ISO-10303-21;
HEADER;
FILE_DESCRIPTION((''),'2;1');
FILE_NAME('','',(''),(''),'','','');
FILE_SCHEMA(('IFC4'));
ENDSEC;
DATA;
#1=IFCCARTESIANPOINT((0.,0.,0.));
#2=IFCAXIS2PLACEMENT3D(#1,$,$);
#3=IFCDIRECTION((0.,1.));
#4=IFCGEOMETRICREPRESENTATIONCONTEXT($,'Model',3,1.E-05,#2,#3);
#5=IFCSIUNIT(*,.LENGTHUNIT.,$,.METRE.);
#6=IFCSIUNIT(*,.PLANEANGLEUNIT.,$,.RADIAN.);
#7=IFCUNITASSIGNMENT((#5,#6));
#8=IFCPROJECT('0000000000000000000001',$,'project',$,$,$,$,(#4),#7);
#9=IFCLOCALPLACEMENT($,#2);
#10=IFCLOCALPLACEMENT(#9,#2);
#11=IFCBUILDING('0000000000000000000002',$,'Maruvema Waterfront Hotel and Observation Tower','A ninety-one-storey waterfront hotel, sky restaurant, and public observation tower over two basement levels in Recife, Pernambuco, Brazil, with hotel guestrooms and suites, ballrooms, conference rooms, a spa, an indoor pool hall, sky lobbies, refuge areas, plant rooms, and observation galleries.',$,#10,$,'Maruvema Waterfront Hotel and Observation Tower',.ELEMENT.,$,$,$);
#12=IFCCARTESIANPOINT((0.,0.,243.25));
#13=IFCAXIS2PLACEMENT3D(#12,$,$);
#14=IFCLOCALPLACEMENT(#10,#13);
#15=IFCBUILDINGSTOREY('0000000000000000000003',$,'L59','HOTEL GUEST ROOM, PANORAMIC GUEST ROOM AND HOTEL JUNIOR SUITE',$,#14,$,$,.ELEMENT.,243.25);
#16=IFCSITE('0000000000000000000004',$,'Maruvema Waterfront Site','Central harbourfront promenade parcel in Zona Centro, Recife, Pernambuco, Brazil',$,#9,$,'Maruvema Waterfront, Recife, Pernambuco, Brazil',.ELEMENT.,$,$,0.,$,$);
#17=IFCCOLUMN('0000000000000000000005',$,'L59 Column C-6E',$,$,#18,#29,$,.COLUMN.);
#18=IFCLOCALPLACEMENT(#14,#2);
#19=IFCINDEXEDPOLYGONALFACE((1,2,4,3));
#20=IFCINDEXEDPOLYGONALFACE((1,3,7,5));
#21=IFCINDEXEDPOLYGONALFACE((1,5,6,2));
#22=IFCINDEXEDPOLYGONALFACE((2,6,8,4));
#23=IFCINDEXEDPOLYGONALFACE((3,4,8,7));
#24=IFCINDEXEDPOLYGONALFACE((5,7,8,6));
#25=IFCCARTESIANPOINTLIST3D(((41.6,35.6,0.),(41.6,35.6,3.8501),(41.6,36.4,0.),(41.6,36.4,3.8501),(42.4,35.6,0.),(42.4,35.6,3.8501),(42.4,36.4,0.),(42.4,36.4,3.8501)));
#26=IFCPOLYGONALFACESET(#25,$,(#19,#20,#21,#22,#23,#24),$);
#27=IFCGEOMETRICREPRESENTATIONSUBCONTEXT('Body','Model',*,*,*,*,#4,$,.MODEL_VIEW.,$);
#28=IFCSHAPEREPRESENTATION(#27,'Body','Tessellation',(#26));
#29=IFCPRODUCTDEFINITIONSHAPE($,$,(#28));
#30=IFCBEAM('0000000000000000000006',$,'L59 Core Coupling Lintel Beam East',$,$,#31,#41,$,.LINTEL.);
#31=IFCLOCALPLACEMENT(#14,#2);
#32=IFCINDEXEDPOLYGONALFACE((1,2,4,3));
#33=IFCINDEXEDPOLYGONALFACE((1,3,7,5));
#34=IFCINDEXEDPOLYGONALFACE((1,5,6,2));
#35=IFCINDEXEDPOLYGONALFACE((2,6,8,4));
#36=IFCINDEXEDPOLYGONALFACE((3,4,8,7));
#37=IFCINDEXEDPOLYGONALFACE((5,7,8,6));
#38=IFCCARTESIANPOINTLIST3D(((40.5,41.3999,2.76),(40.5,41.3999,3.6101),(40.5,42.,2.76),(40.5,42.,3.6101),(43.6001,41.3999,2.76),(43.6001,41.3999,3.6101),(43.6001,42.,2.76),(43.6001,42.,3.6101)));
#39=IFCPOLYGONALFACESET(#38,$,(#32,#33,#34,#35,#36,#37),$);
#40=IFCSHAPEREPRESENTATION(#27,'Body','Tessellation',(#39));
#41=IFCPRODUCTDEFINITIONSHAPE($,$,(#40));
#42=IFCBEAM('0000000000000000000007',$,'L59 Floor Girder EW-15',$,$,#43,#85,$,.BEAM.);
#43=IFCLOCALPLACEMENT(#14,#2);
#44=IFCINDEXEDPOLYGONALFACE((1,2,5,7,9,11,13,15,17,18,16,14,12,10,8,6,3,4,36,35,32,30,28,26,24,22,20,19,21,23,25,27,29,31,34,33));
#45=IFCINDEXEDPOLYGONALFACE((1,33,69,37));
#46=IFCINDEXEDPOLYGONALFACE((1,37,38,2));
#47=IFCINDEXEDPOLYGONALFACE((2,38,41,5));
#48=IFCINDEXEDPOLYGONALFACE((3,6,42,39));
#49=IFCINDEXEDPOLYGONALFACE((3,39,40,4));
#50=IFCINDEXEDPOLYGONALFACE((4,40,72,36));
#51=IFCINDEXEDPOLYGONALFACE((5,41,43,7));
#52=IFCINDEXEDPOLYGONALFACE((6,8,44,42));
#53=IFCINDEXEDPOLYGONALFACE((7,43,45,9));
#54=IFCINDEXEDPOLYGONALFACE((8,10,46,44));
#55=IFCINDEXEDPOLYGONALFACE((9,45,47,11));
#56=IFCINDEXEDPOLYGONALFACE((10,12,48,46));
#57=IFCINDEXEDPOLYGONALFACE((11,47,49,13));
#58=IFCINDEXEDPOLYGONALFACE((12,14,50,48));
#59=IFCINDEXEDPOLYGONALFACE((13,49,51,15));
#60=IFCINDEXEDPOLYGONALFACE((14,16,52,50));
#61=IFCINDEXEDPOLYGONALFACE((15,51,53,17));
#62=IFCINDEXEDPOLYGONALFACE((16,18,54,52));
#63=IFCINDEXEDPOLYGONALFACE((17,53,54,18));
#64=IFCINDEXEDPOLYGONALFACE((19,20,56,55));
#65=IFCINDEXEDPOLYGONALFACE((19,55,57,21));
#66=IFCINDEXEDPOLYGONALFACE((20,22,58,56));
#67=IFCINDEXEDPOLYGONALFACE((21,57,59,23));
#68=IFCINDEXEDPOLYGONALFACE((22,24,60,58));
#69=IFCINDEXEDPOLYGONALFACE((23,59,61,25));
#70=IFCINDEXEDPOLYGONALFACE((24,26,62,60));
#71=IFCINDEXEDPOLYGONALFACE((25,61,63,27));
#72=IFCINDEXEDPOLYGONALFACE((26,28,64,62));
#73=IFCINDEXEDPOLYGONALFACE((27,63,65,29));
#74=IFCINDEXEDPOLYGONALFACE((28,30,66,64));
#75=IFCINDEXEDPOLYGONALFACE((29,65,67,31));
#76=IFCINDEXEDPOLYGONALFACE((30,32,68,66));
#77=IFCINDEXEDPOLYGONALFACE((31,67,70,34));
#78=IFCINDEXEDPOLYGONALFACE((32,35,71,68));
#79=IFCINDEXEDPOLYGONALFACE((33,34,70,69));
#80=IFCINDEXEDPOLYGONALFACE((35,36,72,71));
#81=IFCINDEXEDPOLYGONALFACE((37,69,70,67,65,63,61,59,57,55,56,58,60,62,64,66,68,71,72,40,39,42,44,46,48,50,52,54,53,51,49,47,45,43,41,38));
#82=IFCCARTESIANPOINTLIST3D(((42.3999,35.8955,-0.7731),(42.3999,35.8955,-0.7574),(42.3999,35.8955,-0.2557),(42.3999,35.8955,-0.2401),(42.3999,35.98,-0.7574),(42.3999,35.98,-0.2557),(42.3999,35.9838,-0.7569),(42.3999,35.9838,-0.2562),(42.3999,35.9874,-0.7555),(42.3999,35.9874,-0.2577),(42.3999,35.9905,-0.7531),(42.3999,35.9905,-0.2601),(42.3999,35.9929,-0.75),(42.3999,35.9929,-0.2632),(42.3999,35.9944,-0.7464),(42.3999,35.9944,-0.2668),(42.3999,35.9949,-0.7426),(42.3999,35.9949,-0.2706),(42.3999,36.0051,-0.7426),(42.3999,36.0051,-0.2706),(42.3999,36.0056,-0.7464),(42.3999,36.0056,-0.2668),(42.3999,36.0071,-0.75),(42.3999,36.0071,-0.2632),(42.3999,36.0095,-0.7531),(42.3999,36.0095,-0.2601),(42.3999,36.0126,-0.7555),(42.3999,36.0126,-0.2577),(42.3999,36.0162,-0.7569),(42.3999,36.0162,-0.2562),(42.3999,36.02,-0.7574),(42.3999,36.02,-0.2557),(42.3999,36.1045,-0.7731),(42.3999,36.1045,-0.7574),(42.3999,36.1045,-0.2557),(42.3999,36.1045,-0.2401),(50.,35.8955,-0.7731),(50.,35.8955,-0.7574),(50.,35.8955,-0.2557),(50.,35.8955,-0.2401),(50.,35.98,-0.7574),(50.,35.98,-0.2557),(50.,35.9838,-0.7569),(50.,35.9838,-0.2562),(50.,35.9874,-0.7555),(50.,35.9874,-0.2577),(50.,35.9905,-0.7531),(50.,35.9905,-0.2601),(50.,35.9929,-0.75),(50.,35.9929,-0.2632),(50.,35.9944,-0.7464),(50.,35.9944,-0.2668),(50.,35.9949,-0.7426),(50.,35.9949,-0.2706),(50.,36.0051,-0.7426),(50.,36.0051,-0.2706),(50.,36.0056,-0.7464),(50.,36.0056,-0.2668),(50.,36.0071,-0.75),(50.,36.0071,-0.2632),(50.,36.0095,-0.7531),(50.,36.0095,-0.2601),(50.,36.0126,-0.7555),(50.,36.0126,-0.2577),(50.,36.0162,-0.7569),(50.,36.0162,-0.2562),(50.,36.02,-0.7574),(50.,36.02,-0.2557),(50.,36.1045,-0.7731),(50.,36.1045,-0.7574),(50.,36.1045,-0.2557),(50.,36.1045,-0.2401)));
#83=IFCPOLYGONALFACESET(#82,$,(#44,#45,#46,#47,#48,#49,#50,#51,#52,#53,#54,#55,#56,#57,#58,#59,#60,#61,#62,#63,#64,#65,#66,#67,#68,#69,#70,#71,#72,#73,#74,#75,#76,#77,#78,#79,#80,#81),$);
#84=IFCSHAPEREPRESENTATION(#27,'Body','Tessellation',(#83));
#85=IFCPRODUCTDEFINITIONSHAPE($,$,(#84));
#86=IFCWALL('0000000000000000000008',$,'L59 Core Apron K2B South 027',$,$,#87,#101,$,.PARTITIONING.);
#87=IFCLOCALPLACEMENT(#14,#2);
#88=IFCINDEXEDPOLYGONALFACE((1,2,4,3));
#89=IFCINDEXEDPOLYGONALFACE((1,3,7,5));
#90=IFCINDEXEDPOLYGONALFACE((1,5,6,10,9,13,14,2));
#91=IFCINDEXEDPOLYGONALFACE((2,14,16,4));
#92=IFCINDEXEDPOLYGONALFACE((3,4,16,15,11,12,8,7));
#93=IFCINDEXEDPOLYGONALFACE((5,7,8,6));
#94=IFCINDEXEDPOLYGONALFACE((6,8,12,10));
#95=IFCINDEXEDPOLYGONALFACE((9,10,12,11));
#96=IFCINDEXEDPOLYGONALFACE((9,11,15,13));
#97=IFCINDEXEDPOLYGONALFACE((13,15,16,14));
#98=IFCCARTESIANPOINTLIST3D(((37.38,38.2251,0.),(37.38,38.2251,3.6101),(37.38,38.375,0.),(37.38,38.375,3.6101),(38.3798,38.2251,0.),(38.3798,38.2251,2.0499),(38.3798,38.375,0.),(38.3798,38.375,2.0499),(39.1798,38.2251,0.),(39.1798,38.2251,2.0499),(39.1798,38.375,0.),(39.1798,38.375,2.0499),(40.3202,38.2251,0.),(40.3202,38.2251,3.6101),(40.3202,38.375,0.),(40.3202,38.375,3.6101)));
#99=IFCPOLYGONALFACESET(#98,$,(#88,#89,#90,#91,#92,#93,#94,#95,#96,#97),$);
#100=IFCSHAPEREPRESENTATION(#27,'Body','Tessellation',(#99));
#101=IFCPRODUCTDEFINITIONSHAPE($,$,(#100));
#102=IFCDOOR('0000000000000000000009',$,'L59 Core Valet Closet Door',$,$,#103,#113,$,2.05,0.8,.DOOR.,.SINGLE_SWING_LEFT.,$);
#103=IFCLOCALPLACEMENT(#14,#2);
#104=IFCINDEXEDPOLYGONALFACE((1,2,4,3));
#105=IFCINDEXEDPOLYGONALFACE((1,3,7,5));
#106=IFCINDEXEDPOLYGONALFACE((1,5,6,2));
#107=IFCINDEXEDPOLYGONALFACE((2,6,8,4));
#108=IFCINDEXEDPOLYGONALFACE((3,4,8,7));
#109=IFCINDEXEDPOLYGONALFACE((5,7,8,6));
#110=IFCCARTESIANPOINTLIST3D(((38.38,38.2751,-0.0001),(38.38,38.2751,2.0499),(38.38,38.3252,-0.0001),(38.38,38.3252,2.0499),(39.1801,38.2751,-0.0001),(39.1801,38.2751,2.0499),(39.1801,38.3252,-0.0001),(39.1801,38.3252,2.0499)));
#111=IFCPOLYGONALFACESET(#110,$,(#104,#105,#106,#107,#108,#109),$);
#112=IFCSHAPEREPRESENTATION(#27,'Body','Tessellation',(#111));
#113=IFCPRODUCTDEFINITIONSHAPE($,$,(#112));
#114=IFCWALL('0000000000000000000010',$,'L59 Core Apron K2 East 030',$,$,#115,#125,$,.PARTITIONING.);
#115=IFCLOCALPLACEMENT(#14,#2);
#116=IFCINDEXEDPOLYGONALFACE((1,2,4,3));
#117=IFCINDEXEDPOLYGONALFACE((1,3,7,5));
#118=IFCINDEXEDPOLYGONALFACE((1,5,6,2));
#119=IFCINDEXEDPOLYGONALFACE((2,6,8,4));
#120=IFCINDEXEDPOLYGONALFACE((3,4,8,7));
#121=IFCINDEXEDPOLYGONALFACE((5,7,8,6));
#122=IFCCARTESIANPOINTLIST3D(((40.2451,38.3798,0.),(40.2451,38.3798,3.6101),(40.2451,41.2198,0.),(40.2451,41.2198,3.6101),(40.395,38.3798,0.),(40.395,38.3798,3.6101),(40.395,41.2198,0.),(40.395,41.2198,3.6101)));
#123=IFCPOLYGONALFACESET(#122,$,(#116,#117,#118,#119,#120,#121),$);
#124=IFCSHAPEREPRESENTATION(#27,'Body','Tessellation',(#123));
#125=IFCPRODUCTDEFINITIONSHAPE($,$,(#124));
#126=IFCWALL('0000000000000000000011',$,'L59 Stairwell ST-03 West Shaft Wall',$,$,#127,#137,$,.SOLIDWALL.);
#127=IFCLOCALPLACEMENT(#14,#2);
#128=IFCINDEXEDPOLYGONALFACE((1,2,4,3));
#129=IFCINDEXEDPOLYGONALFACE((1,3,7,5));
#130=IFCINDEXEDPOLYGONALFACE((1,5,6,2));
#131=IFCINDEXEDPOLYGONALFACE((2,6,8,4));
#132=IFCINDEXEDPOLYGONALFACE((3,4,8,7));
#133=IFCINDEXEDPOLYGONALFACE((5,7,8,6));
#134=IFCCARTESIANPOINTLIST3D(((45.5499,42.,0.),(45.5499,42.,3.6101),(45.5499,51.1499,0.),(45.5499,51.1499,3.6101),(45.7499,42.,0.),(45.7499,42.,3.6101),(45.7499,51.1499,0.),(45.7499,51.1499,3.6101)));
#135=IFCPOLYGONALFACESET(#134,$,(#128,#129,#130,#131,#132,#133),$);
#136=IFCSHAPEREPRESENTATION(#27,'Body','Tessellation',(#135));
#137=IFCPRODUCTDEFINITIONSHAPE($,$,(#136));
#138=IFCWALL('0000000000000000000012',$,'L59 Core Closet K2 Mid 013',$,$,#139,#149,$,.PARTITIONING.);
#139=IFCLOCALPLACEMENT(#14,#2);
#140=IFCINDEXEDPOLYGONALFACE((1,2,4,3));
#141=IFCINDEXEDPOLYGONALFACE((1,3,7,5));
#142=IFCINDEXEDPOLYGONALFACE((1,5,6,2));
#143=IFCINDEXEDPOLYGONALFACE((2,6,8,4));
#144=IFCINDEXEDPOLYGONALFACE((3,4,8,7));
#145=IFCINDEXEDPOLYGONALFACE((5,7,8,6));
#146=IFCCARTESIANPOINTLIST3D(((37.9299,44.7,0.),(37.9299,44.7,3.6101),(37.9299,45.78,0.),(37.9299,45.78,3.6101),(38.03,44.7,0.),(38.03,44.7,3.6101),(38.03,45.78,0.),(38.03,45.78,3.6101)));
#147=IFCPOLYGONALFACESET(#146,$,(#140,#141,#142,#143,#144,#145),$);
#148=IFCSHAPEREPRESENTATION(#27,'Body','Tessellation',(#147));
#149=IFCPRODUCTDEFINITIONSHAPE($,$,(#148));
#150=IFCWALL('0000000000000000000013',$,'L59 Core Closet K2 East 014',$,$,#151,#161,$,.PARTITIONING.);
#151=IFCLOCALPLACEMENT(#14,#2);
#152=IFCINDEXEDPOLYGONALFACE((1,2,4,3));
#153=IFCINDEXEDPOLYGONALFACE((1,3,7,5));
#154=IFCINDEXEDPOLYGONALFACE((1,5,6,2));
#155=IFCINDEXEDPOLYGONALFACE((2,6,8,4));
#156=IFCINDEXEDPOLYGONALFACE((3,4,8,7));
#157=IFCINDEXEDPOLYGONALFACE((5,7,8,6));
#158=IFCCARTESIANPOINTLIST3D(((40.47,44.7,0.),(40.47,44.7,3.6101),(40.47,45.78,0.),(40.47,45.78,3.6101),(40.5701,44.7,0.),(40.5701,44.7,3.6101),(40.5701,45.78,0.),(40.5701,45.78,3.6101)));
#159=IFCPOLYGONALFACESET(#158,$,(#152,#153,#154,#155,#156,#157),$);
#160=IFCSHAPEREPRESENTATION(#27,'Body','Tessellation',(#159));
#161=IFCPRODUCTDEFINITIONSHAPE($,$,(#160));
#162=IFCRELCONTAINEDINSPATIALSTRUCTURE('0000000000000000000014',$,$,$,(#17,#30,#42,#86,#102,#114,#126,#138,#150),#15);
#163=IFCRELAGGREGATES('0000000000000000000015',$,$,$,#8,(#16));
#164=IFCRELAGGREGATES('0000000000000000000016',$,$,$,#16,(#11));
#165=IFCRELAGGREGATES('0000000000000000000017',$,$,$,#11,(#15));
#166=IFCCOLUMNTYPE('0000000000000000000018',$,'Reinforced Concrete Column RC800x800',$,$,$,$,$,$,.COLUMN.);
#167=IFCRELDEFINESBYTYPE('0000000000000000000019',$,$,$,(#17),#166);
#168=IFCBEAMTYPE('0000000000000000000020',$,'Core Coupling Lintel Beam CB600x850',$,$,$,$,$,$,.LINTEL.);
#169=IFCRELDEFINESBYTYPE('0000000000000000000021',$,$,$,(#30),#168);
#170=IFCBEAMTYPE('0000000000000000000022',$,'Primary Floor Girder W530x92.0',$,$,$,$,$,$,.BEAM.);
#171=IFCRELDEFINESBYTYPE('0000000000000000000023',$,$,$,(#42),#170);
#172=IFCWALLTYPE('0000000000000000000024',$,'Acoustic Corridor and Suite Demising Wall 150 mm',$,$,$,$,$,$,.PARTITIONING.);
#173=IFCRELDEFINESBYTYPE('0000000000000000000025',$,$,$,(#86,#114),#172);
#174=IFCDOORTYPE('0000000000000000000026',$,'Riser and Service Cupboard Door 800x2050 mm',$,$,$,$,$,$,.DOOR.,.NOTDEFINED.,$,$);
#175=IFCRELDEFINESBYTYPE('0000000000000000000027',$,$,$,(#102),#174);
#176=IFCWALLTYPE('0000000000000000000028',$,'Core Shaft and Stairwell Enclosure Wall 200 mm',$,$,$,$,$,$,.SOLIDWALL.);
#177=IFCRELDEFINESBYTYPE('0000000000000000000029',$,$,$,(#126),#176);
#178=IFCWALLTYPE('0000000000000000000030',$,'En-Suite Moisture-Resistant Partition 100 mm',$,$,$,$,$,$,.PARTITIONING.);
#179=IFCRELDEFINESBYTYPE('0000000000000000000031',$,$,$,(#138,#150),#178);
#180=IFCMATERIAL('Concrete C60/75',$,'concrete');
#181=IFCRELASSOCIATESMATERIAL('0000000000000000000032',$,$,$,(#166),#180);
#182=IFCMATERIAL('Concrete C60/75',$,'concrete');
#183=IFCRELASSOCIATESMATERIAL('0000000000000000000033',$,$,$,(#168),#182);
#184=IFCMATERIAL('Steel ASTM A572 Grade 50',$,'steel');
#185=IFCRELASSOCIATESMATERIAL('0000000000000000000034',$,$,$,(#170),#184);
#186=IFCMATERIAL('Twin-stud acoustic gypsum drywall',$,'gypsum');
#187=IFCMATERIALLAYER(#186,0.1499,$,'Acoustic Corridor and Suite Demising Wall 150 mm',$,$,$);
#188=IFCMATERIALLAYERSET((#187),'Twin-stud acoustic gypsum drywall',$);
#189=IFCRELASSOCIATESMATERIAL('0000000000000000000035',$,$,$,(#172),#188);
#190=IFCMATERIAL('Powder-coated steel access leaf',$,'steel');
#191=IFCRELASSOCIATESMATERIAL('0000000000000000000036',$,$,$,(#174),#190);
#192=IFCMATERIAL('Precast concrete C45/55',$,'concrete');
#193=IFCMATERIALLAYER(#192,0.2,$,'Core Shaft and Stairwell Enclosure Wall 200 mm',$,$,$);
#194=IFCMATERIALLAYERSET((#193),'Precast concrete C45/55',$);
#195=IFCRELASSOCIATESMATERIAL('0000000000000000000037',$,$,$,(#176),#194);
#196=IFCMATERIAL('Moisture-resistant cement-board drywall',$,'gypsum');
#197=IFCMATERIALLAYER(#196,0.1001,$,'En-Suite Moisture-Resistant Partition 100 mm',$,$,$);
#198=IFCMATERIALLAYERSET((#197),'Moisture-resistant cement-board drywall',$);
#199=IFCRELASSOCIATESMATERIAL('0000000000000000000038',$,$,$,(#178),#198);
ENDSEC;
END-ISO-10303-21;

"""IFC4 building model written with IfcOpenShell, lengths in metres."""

from ifc_helpers import new_model, si_unit, direction, frame, frame_2d, origin, origin_2d, place, context, subcontext, project, spatial, rectangle, i_section, extrude, material, layer, layer_set, material_profile, profile_set, type_object, element, fill, save


model = new_model("IFC4")

# Units and contexts
model_context = context("Model", 3, precision=1e-05, world=origin(), true_north=direction((0.0, 1.0)))
body_context = subcontext(model_context, "Body", "Model", "MODEL_VIEW")
ifc_project = project(units=[si_unit("LENGTHUNIT", "METRE"), si_unit("PLANEANGLEUNIT", "RADIAN")], contexts=[model_context])

# Site, building, storey
site_placement = place(None, origin())
site = spatial("IfcSite", under=ifc_project, at=site_placement, Name="Maruvema Waterfront Site", Description="Central harbourfront promenade parcel in Zona Centro, Recife, Pernambuco, Brazil", LongName="Maruvema Waterfront, Recife, Pernambuco, Brazil", CompositionType="ELEMENT", RefElevation=0.0)
building_placement = place(site_placement, origin())
building = spatial("IfcBuilding", under=site, at=building_placement, Name="Maruvema Waterfront Hotel and Observation Tower", Description="A ninety-one-storey waterfront hotel, sky restaurant, and public observation tower over two basement levels in Recife, Pernambuco, Brazil, with hotel guestrooms and suites, ballrooms, conference rooms, a spa, an indoor pool hall, sky lobbies, refuge areas, plant rooms, and observation galleries.", LongName="Maruvema Waterfront Hotel and Observation Tower", CompositionType="ELEMENT")
storey_placement = place(building_placement, frame((0.0, 0.0, 243.25)))
storey = spatial("IfcBuildingStorey", under=building, at=storey_placement, Name="L59", Description="HOTEL GUEST ROOM, PANORAMIC GUEST ROOM AND HOTEL JUNIOR SUITE", CompositionType="ELEMENT", Elevation=243.25)

# Column
ifc_material_1 = material(Name="Concrete C60/75", Category="concrete")
ifc_material_profile_1 = material_profile(ifc_material_1, rectangle(XDim=0.8, YDim=0.8, at=origin_2d()), Name="RC800x800")
ifc_profile_set_1 = profile_set([ifc_material_profile_1], Name="Concrete C60/75")
column_type = type_object("IfcColumnType", Name="Reinforced Concrete Column RC800x800", PredefinedType="COLUMN", material=ifc_profile_set_1)
column_placement = place(storey_placement, frame((42.0, 36.0, 0.0), z_axis=(0.0, 0.0, 1.0), x_axis=(1.0, 0.0, 0.0)))
element("IfcColumn", 1, at=column_placement, inside=storey, type_object=column_type, Name="L59 Column C-6E", PredefinedType="COLUMN", context=body_context, shape_type="SweptSolid", body=[
    extrude(rectangle(XDim=0.8, YDim=0.8, at=origin_2d()), origin(), (0.0, 0.0, 1.0), 3.8501),
])

# Beams
ifc_material_2 = material(Name="Concrete C60/75", Category="concrete")
ifc_material_profile_2 = material_profile(ifc_material_2, rectangle(XDim=0.6001, YDim=0.8501, at=origin_2d()), Name="CB600x850")
ifc_profile_set_2 = profile_set([ifc_material_profile_2], Name="Concrete C60/75")
beam_type_1 = type_object("IfcBeamType", Name="Core Coupling Lintel Beam CB600x850", PredefinedType="LINTEL", material=ifc_profile_set_2)
beam_1_placement = place(storey_placement, frame((40.5, 41.7, 3.1851), z_axis=(1.0, 0.0, 0.0), x_axis=(0.0, 1.0, 0.0)))
element("IfcBeam", 2, at=beam_1_placement, inside=storey, type_object=beam_type_1, Name="L59 Core Coupling Lintel Beam East", PredefinedType="LINTEL", context=body_context, shape_type="SweptSolid", body=[
    extrude(rectangle(XDim=0.6001, YDim=0.8501, at=origin_2d()), origin(), (0.0, 0.0, 1.0), 3.1001),
])
ifc_material_3 = material(Name="Steel ASTM A572 Grade 50", Category="steel")
ifc_material_profile_3 = material_profile(ifc_material_3, i_section(OverallWidth=0.209, OverallDepth=0.533, WebThickness=0.0103, FlangeThickness=0.0156, FilletRadius=0.0149, at=origin_2d()), Name="W530x92.0")
ifc_profile_set_3 = profile_set([ifc_material_profile_3], Name="Steel ASTM A572 Grade 50")
beam_type_2 = type_object("IfcBeamType", Name="Primary Floor Girder W530x92.0", PredefinedType="BEAM", material=ifc_profile_set_3)
beam_2_placement = place(storey_placement, frame((42.3999, 36.0, -0.5066), z_axis=(1.0, 0.0, 0.0), x_axis=(0.0, 1.0, 0.0)))
element("IfcBeam", 3, at=beam_2_placement, inside=storey, type_object=beam_type_2, Name="L59 Floor Girder EW-15", PredefinedType="BEAM", context=body_context, shape_type="SweptSolid", body=[
    extrude(i_section(OverallWidth=0.209, OverallDepth=0.533, WebThickness=0.0103, FlangeThickness=0.0156, FilletRadius=0.0149, at=origin_2d()), origin(), (0.0, 0.0, 1.0), 7.6001),
])

# Wall, opening, door
ifc_material_4 = material(Name="Twin-stud acoustic gypsum drywall", Category="gypsum")
ifc_layer_1 = layer(ifc_material_4, 0.1499, Name="Acoustic Corridor and Suite Demising Wall 150 mm")
ifc_layer_set_1 = layer_set([ifc_layer_1], Name="Twin-stud acoustic gypsum drywall")
wall_type_1 = type_object("IfcWallType", Name="Acoustic Corridor and Suite Demising Wall 150 mm", PredefinedType="PARTITIONING", material=ifc_layer_set_1)
wall_1_placement = place(storey_placement, frame((37.3799, 38.3, 0.0), z_axis=(0.0, 0.0, 1.0), x_axis=(1.0, 0.0, 0.0)))
wall_1 = element("IfcWall", 4, at=wall_1_placement, inside=storey, type_object=wall_type_1, Name="L59 Core Apron K2B South 027", PredefinedType="PARTITIONING", context=body_context, shape_type="SweptSolid", body=[
    extrude(rectangle(XDim=2.9402, YDim=0.1499, at=frame_2d((1.4702, 0.0))), origin(), (0.0, 0.0, 1.0), 3.6101),
])
opening_1_placement = place(wall_1_placement, frame((1.0, 0.0, 0.0)))
opening_1 = element("IfcOpeningElement", 5, at=opening_1_placement, cuts=wall_1, PredefinedType="OPENING", context=body_context, shape_type="SweptSolid", body=[
    extrude(rectangle(XDim=0.8, YDim=2.05, at=frame_2d((0.3999, 1.0249))), frame((0.0, 0.085, 0.0), z_axis=(0.0, -1.0, 0.0), x_axis=(1.0, 0.0, 0.0)), (0.0, 0.0, 1.0), 0.1699),
])
ifc_material_5 = material(Name="Powder-coated steel access leaf", Category="steel")
door_type_1 = type_object("IfcDoorType", Name="Riser and Service Cupboard Door 800x2050 mm", OperationType="NOTDEFINED", PredefinedType="DOOR", material=ifc_material_5)
door_1_placement = place(opening_1_placement, frame((0.8, 0.0, 0.0), z_axis=(0.0, 0.0, 1.0), x_axis=(-1.0, 0.0, 0.0)))
door_1 = element("IfcDoor", 6, at=door_1_placement, inside=storey, type_object=door_type_1, Name="L59 Core Valet Closet Door", OperationType="SINGLE_SWING_LEFT", OverallHeight=2.05, OverallWidth=0.8, PredefinedType="DOOR", context=body_context, shape_type="SweptSolid", body=[
    extrude(rectangle(XDim=0.8, YDim=2.05, at=frame_2d((0.3999, 1.0249))), frame((0.0, 0.0249, 0.0), z_axis=(0.0, -1.0, 0.0), x_axis=(1.0, 0.0, 0.0)), (0.0, 0.0, 1.0), 0.05),
])
fill(opening_1, door_1)

# Walls
wall_2_placement = place(storey_placement, frame((40.3201, 38.3799, 0.0), z_axis=(0.0, 0.0, 1.0), x_axis=(0.0, 1.0, 0.0)))
element("IfcWall", 7, at=wall_2_placement, inside=storey, type_object=wall_type_1, Name="L59 Core Apron K2 East 030", PredefinedType="PARTITIONING", context=body_context, shape_type="SweptSolid", body=[
    extrude(rectangle(XDim=2.8401, YDim=0.1499, at=frame_2d((1.4199, 0.0))), origin(), (0.0, 0.0, 1.0), 3.6101),
])
ifc_material_6 = material(Name="Precast concrete C45/55", Category="concrete")
ifc_layer_2 = layer(ifc_material_6, 0.2, Name="Core Shaft and Stairwell Enclosure Wall 200 mm")
ifc_layer_set_2 = layer_set([ifc_layer_2], Name="Precast concrete C45/55")
wall_type_2 = type_object("IfcWallType", Name="Core Shaft and Stairwell Enclosure Wall 200 mm", PredefinedType="SOLIDWALL", material=ifc_layer_set_2)
wall_3_placement = place(storey_placement, frame((45.6499, 42.0, 0.0), z_axis=(0.0, 0.0, 1.0), x_axis=(0.0, 1.0, 0.0)))
element("IfcWall", 8, at=wall_3_placement, inside=storey, type_object=wall_type_2, Name="L59 Stairwell ST-03 West Shaft Wall", PredefinedType="SOLIDWALL", context=body_context, shape_type="SweptSolid", body=[
    extrude(rectangle(XDim=9.1499, YDim=0.2, at=frame_2d((4.575, 0.0))), origin(), (0.0, 0.0, 1.0), 3.6101),
])

# Walls
ifc_material_7 = material(Name="Moisture-resistant cement-board drywall", Category="gypsum")
ifc_layer_3 = layer(ifc_material_7, 0.1001, Name="En-Suite Moisture-Resistant Partition 100 mm")
ifc_layer_set_3 = layer_set([ifc_layer_3], Name="Moisture-resistant cement-board drywall")
wall_type_3 = type_object("IfcWallType", Name="En-Suite Moisture-Resistant Partition 100 mm", PredefinedType="PARTITIONING", material=ifc_layer_set_3)
for number, where, z_axis, x_axis, name in (
    (9, (37.98, 44.7, 0.0), (0.0, 0.0, 1.0), (0.0, 1.0, 0.0), "L59 Core Closet K2 Mid 013"),
    (10, (40.52, 44.7, 0.0), (0.0, 0.0, 1.0), (0.0, 1.0, 0.0), "L59 Core Closet K2 East 014"),
):
    element("IfcWall", number, at=place(storey_placement, frame(where, z_axis=z_axis, x_axis=x_axis)), inside=storey, type_object=wall_type_3, Name=name, PredefinedType="PARTITIONING", context=body_context, shape_type="SweptSolid", body=[
        extrude(rectangle(XDim=1.0801, YDim=0.1001, at=frame_2d((0.54, 0.0))), origin(), (0.0, 0.0, 1.0), 3.6101),
    ])

save(model, "model.ifc")
